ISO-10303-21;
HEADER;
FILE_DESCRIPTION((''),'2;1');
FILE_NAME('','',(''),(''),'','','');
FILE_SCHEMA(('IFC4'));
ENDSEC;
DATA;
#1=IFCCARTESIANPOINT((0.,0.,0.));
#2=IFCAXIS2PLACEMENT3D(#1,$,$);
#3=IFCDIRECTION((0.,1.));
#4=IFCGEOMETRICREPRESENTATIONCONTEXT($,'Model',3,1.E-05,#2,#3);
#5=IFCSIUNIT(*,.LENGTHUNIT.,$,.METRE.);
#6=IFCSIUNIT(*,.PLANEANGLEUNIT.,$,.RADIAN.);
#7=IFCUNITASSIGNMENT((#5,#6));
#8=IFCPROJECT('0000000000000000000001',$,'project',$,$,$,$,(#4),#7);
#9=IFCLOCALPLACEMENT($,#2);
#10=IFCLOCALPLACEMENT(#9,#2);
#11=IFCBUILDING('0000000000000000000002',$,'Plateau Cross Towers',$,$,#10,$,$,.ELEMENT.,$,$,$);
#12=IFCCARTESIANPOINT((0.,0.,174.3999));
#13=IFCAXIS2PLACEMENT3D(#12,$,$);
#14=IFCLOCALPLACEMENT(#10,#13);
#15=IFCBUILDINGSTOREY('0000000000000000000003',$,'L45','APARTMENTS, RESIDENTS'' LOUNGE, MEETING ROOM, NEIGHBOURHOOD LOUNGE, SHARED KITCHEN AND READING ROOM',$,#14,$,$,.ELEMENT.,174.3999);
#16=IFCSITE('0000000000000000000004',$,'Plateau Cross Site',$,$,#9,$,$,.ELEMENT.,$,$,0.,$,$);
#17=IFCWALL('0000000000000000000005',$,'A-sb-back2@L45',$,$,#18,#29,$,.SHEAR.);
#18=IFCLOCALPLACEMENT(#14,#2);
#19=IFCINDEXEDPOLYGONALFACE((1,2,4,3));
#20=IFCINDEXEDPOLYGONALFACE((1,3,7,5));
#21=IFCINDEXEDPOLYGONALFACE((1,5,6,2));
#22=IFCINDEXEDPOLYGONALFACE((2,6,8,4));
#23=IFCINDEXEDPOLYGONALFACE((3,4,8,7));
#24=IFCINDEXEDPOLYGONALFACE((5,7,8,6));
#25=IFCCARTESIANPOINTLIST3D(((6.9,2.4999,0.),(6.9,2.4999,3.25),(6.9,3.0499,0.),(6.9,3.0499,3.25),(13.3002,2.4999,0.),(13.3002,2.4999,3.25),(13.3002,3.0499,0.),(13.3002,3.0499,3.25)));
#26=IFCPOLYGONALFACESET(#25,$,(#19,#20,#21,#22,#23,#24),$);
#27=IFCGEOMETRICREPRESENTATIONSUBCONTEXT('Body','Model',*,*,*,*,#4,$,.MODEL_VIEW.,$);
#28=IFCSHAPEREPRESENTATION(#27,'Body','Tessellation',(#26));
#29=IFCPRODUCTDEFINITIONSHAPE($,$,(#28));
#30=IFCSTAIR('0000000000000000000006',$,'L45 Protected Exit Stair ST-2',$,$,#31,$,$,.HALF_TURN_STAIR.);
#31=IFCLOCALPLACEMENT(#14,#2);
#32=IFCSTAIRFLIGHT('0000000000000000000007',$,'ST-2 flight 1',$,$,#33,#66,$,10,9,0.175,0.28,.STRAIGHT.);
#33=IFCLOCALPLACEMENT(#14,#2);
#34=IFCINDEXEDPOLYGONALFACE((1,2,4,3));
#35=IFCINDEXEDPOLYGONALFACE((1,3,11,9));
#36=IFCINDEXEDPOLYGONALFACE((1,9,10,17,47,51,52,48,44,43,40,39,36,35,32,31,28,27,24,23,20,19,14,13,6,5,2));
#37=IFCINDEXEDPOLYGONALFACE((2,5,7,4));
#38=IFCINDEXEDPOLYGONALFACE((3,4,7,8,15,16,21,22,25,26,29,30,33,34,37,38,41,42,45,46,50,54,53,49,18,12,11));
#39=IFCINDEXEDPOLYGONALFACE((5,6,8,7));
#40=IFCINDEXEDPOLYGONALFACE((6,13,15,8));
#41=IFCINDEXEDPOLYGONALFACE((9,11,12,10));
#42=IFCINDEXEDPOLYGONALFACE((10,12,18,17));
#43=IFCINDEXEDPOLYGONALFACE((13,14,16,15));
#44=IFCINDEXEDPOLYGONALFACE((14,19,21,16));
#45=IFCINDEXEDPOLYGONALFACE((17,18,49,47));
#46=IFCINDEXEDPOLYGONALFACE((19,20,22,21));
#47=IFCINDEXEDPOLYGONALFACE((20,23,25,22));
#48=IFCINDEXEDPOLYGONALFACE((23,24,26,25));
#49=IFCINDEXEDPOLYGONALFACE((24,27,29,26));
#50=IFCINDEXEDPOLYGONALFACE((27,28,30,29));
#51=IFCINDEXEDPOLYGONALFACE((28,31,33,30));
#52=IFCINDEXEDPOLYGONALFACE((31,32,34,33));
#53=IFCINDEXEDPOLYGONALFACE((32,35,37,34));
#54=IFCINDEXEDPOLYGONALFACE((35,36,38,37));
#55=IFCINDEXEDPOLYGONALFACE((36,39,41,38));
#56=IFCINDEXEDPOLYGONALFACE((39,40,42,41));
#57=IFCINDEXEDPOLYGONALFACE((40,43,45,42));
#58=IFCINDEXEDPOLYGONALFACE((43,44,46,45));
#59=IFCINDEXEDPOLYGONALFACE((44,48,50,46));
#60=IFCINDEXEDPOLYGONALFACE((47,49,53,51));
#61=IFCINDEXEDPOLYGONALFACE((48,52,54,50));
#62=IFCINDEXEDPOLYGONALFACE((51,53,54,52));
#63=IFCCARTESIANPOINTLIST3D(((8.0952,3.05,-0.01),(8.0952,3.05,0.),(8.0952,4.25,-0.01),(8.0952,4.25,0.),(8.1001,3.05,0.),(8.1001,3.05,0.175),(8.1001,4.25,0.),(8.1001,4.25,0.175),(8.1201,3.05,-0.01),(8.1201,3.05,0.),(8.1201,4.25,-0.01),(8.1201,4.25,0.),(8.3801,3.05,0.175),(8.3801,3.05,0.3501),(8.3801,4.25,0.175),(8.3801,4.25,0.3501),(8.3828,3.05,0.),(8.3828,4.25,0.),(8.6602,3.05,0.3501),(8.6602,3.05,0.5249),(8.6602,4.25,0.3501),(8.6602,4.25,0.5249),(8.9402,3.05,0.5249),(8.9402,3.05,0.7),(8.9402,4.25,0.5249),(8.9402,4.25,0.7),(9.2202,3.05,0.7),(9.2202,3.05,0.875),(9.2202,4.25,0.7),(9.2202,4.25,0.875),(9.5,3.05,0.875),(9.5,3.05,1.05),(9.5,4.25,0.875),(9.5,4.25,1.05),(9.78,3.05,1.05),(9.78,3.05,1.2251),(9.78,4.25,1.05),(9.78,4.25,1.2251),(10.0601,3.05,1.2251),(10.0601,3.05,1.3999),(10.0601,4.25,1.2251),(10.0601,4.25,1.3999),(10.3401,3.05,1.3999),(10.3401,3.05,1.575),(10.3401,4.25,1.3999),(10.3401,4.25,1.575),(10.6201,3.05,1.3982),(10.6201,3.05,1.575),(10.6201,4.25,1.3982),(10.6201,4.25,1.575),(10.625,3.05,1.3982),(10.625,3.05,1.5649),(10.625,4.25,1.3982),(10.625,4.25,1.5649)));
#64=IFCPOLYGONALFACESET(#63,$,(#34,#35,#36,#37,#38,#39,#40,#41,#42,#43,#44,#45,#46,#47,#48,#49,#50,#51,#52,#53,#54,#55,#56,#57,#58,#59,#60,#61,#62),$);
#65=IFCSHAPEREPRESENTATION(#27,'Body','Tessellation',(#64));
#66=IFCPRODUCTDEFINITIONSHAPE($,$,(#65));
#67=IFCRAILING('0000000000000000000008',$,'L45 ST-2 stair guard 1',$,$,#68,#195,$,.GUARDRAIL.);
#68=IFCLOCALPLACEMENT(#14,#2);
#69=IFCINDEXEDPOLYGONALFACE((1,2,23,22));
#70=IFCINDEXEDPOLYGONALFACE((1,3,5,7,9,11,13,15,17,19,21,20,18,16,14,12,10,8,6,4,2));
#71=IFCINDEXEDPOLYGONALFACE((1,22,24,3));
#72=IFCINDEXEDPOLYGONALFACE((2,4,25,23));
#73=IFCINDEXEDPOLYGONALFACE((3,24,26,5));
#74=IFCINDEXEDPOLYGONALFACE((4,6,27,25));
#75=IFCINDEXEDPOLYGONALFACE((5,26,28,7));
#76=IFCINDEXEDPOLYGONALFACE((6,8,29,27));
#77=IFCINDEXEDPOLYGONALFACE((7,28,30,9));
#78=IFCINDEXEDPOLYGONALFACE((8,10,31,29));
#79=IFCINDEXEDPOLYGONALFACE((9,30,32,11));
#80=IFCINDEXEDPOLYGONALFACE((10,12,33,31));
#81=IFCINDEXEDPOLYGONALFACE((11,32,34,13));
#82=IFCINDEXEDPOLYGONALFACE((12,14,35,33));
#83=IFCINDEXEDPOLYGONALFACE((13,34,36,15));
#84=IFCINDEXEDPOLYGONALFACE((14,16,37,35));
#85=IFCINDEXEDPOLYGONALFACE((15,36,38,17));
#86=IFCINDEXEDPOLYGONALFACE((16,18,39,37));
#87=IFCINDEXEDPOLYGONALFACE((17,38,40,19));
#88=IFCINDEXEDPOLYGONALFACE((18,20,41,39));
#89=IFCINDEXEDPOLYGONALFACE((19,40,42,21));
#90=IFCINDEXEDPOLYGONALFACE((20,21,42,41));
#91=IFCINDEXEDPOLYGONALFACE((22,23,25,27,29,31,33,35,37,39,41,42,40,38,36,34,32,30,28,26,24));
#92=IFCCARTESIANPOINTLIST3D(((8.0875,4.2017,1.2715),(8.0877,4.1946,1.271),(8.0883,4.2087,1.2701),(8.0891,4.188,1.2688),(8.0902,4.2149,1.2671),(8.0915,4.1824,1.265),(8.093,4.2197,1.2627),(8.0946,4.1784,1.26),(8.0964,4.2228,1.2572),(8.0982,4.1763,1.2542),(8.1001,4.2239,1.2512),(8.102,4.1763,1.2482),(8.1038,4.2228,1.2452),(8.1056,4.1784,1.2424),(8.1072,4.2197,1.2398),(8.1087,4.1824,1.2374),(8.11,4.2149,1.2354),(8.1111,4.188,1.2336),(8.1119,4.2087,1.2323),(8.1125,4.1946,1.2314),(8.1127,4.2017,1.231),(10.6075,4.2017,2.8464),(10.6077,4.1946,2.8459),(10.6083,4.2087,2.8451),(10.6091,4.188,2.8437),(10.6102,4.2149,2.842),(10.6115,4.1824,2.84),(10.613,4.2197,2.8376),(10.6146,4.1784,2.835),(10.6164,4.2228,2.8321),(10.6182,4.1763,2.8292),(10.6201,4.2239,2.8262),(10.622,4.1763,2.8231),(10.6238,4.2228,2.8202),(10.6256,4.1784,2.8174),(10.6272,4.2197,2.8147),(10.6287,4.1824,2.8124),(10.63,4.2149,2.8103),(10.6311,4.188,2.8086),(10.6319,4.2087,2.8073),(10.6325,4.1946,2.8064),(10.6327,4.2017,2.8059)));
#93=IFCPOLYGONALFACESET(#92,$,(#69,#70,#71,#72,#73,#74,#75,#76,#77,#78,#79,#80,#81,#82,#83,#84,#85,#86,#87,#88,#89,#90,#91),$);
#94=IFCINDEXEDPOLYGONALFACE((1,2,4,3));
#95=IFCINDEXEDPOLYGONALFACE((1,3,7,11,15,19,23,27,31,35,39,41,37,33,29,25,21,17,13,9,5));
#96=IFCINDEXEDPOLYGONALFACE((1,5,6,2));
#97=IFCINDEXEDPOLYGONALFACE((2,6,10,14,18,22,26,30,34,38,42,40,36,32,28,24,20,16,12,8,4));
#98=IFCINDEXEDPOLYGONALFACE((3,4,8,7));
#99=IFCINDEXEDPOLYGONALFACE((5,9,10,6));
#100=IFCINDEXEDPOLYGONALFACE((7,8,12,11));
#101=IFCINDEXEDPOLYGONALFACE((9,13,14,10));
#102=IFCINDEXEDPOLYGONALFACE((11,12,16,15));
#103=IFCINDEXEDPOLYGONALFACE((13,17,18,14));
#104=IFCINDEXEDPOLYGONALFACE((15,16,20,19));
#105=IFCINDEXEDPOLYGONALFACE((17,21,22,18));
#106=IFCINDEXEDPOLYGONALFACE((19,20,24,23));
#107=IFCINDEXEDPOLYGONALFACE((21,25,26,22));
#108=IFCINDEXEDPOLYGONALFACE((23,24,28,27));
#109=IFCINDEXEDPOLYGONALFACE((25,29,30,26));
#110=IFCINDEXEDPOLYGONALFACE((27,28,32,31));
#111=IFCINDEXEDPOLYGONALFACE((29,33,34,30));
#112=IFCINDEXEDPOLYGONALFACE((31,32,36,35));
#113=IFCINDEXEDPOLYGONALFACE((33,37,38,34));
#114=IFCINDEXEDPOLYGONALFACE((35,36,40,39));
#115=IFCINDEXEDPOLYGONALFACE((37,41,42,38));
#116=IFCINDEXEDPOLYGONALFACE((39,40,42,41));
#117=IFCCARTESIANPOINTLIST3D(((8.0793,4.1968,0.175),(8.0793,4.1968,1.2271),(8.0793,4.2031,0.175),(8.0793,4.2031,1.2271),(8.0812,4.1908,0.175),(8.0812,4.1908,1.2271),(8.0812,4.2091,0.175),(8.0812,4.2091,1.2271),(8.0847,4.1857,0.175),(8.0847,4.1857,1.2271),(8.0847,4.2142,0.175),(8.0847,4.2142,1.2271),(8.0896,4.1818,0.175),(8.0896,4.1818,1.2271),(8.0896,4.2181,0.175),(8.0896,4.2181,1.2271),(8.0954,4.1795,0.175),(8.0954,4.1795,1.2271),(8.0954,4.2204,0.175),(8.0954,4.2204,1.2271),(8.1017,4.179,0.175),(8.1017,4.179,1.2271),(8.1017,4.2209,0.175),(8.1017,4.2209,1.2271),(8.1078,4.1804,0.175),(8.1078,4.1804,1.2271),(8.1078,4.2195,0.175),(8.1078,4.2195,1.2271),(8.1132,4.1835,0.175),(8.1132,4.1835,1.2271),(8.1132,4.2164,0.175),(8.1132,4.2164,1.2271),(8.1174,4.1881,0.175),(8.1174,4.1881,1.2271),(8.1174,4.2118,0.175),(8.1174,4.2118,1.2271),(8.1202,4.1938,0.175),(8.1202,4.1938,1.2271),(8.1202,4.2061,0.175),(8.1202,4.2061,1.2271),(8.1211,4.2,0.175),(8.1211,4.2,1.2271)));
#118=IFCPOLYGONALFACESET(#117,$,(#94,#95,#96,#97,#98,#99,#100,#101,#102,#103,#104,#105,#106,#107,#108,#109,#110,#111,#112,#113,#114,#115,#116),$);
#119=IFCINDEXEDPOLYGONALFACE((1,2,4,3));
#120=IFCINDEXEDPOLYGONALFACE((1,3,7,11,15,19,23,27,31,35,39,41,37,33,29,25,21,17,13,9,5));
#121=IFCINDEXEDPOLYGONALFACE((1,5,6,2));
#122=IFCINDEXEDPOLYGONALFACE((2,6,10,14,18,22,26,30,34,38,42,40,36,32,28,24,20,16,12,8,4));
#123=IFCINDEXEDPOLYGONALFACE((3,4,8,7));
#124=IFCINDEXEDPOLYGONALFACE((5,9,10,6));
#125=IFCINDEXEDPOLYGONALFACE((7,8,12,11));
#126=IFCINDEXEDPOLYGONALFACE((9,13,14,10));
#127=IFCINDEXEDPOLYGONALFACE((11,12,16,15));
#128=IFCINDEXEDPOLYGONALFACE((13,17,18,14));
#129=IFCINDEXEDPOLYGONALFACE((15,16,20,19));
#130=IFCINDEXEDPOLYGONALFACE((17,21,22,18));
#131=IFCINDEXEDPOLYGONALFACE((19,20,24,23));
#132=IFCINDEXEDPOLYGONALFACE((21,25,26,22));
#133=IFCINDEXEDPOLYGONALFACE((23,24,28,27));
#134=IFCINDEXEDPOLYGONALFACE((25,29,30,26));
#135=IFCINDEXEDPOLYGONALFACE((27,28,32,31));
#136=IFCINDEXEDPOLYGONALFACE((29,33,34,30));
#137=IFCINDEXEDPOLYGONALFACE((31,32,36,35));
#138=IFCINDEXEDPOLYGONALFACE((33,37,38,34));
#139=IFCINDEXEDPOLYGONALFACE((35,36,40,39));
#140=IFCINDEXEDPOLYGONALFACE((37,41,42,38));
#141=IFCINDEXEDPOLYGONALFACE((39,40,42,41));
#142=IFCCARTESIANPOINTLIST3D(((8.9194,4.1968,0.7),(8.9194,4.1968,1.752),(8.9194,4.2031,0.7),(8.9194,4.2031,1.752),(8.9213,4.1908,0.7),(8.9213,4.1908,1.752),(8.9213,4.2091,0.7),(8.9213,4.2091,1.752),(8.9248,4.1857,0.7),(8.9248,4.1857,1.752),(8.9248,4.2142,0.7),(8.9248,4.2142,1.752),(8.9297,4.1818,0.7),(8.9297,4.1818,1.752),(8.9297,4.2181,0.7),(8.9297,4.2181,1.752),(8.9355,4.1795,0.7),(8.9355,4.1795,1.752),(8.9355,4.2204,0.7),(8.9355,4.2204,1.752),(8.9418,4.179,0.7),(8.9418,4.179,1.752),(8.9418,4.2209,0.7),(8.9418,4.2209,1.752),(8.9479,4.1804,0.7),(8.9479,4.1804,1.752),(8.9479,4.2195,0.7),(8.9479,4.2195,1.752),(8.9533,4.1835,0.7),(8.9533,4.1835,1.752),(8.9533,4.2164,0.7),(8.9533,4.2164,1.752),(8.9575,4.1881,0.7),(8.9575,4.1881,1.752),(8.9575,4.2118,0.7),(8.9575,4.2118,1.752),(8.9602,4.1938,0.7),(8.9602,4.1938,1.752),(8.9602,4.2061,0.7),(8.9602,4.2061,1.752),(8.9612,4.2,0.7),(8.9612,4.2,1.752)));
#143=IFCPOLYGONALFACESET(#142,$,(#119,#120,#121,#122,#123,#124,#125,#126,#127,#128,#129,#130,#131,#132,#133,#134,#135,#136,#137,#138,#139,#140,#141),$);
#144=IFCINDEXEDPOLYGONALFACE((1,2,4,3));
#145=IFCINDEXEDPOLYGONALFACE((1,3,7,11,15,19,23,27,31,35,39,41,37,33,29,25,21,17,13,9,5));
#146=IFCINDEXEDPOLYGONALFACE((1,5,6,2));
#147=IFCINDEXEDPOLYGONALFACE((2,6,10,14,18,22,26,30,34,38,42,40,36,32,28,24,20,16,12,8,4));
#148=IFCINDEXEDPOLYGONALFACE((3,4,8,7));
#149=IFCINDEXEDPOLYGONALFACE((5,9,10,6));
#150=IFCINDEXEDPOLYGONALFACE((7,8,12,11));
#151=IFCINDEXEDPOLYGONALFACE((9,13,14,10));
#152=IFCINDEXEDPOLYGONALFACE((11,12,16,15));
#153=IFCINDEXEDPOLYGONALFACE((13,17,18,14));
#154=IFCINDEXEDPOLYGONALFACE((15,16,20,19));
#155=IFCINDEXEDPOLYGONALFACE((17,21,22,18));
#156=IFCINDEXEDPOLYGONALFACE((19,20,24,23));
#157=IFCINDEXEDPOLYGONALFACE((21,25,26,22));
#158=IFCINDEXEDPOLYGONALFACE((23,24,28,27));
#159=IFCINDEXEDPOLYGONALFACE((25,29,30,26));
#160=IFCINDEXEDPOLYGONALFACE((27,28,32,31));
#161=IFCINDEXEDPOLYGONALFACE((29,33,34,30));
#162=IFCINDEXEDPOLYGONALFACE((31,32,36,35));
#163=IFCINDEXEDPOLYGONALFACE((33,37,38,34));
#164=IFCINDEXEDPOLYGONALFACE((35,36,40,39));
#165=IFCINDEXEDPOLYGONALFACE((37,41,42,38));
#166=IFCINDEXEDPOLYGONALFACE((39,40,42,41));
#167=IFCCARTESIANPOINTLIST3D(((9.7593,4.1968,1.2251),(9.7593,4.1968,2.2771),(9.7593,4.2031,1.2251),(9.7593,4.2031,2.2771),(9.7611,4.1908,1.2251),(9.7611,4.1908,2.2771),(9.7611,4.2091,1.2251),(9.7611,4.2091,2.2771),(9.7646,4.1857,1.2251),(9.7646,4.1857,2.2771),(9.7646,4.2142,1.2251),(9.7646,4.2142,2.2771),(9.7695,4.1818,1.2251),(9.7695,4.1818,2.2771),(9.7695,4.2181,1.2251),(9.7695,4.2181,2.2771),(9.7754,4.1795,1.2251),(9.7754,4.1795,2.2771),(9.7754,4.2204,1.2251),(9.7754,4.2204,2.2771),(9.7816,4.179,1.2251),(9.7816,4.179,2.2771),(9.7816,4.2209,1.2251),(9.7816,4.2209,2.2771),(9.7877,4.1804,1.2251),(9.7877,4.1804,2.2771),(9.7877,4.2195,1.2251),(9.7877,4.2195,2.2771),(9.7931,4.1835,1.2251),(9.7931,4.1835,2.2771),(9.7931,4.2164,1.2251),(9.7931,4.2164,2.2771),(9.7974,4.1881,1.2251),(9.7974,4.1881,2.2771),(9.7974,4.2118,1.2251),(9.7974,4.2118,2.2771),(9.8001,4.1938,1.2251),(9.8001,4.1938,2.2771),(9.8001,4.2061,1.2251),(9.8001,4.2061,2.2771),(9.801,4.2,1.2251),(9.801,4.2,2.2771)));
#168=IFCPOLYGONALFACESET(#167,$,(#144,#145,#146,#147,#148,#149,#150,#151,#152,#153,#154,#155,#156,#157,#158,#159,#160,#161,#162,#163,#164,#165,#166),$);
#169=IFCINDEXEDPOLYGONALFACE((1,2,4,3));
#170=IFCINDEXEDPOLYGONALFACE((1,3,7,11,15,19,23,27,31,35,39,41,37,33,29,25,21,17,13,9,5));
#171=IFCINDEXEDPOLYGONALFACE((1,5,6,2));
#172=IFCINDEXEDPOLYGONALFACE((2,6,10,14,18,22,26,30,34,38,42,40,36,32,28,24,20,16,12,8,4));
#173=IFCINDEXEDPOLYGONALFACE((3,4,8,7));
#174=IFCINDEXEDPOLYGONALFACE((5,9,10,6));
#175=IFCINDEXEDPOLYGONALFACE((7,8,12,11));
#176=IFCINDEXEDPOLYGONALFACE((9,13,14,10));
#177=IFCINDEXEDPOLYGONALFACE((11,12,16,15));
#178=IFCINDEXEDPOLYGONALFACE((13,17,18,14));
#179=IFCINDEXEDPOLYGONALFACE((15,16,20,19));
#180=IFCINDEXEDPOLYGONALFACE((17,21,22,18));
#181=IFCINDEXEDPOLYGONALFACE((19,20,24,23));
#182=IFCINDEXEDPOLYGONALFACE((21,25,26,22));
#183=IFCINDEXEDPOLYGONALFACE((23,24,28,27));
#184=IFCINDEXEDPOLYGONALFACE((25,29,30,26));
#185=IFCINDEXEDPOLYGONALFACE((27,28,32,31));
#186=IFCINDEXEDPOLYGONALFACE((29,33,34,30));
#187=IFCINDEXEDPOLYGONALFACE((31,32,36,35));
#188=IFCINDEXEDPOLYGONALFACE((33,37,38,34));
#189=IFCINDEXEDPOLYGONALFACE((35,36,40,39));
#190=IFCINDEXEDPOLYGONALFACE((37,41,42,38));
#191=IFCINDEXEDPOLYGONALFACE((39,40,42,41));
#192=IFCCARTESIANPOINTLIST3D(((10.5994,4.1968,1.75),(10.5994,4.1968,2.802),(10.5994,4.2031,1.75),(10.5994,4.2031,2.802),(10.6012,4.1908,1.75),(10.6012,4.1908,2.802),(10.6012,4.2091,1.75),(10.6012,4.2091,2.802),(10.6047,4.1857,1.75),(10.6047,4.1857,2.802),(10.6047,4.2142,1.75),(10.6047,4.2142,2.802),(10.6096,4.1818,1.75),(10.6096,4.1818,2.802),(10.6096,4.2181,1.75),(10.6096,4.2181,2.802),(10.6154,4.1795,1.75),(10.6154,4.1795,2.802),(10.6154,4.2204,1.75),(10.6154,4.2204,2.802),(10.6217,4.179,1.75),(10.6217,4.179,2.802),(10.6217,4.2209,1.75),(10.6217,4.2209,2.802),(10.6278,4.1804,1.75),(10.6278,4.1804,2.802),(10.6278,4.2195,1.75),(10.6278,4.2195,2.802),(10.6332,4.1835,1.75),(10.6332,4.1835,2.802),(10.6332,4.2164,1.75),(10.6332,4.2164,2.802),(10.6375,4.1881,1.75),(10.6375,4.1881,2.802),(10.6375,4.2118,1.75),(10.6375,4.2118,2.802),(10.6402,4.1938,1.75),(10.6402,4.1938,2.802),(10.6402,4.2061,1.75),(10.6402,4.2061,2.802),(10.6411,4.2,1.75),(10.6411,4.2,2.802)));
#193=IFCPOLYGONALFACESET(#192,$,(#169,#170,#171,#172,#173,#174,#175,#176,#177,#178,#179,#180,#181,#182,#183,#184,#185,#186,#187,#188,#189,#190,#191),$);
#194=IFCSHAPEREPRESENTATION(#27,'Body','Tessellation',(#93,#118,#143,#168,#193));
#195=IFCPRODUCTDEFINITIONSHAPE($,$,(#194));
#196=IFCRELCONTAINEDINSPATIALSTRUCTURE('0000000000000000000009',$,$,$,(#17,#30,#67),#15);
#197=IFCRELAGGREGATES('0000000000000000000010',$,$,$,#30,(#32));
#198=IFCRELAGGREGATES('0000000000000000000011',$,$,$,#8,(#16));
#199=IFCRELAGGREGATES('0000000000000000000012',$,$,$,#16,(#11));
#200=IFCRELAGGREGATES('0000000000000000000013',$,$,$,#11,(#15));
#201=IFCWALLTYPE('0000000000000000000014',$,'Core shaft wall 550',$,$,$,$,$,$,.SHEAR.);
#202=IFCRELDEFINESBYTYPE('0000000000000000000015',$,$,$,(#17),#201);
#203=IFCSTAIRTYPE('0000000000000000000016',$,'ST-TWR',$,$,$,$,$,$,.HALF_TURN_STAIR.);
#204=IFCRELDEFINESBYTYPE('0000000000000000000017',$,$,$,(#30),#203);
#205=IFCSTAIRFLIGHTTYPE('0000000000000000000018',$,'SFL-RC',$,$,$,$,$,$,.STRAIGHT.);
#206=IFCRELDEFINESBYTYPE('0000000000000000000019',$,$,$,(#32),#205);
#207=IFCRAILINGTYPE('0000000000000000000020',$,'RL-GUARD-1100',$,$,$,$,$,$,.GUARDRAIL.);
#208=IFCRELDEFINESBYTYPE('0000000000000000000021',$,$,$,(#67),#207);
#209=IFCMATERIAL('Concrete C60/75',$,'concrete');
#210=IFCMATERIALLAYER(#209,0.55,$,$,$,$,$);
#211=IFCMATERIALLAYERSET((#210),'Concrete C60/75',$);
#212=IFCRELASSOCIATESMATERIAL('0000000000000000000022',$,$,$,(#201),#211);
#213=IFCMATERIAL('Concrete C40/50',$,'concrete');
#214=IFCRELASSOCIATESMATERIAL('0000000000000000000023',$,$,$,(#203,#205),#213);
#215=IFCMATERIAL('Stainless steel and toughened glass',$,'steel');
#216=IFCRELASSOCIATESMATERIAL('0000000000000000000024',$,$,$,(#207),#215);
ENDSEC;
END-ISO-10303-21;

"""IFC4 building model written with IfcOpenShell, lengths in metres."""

from ifc_helpers import new_model, si_unit, direction, frame, frame_2d, origin, origin_2d, place, context, subcontext, project, spatial, polyline, rectangle, circle, outline, extrude, material, layer, layer_set, type_object, element, aggregate, save


model = new_model("IFC4")

# Units and contexts
model_context = context("Model", 3, precision=1e-05, world=origin(), true_north=direction((0.0, 1.0)))
body_context = subcontext(model_context, "Body", "Model", "MODEL_VIEW")
ifc_project = project(units=[si_unit("LENGTHUNIT", "METRE"), si_unit("PLANEANGLEUNIT", "RADIAN")], contexts=[model_context])

# Site, building, storey
site_placement = place(None, origin())
site = spatial("IfcSite", under=ifc_project, at=site_placement, Name="Plateau Cross Site", CompositionType="ELEMENT", RefElevation=0.0)
building_placement = place(site_placement, origin())
building = spatial("IfcBuilding", under=site, at=building_placement, Name="Plateau Cross Towers", CompositionType="ELEMENT")
storey_placement = place(building_placement, frame((0.0, 0.0, 174.3999)))
storey = spatial("IfcBuildingStorey", under=building, at=storey_placement, Name="L45", Description="APARTMENTS, RESIDENTS' LOUNGE, MEETING ROOM, NEIGHBOURHOOD LOUNGE, SHARED KITCHEN AND READING ROOM", CompositionType="ELEMENT", Elevation=174.3999)

# Wall
ifc_material_1 = material(Name="Concrete C60/75", Category="concrete")
ifc_layer_1 = layer(ifc_material_1, 0.55)
ifc_layer_set_1 = layer_set([ifc_layer_1], Name="Concrete C60/75")
wall_type_1 = type_object("IfcWallType", Name="Core shaft wall 550", PredefinedType="SHEAR", material=ifc_layer_set_1)
wall_1_placement = place(storey_placement, frame((6.8999, 2.7749, 0.0), z_axis=(0.0, 0.0, 1.0), x_axis=(1.0, 0.0, 0.0)))
element("IfcWall", 1, at=wall_1_placement, inside=storey, type_object=wall_type_1, Name="A-sb-back2@L45", PredefinedType="SHEAR", context=body_context, shape_type="SweptSolid", body=[
    extrude(rectangle(XDim=6.4001, YDim=0.55, at=frame_2d((3.2002, 0.0))), origin(), (0.0, 0.0, 1.0), 3.25),
])

# Stair, stair flight
ifc_material_2 = material(Name="Concrete C40/50", Category="concrete")
stair_type = type_object("IfcStairType", Name="ST-TWR", PredefinedType="HALF_TURN_STAIR", material=ifc_material_2)
stair_placement = place(storey_placement, origin())
stair = element("IfcStair", 2, at=stair_placement, inside=storey, type_object=stair_type, Name="L45 Protected Exit Stair ST-2", PredefinedType="HALF_TURN_STAIR")
stair_flight_type = type_object("IfcStairFlightType", Name="SFL-RC", PredefinedType="STRAIGHT", material=ifc_material_2)
stair_flight_placement = place(storey_placement, frame((8.1001, 3.6499, 0.0), z_axis=(0.0, 0.0, 1.0), x_axis=(1.0, 0.0, 0.0)))
stair_flight = element("IfcStairFlight", 3, at=stair_flight_placement, type_object=stair_flight_type, Name="ST-2 flight 1", NumberOfRisers=10, NumberOfTreads=9, PredefinedType="STRAIGHT", RiserHeight=0.175, TreadLength=0.28, context=body_context, shape_type="SweptSolid", body=[
    extrude(outline(polyline([(-0.0049, -0.01), (-0.0049, 0.0), (0.0, 0.0), (0.0, 0.175), (0.28, 0.175), (0.28, 0.3501), (0.5601, 0.3501), (0.5601, 0.5249), (0.8401, 0.5249), (0.8401, 0.7), (1.1201, 0.7), (1.1201, 0.875), (1.3999, 0.875), (1.3999, 1.05), (1.6799, 1.05), (1.6799, 1.2251), (1.96, 1.2251), (1.96, 1.3999), (2.24, 1.3999), (2.24, 1.575), (2.52, 1.575), (2.5249, 1.5649), (2.5249, 1.3982), (2.52, 1.3982), (0.2827, 0.0), (0.02, 0.0), (0.02, -0.01), (-0.0049, -0.01)])), frame((0.0, 0.6001, 0.0), z_axis=(0.0, -1.0, 0.0), x_axis=(1.0, 0.0, 0.0)), (0.0, 0.0, 1.0), 1.2),
])
aggregate(stair, [stair_flight])

# Railing
ifc_material_3 = material(Name="Stainless steel and toughened glass", Category="steel")
railing_type_1 = type_object("IfcRailingType", Name="RL-GUARD-1100", PredefinedType="GUARDRAIL", material=ifc_material_3)
railing_1_placement = place(storey_placement, frame((8.1001, 4.2, 0.175)))
element("IfcRailing", 4, at=railing_1_placement, inside=storey, type_object=railing_type_1, Name="L45 ST-2 stair guard 1", PredefinedType="GUARDRAIL", context=body_context, shape_type="SweptSolid", body=[
    extrude(circle(Radius=0.0239, at=origin_2d()), frame((0.0, 0.0, 1.0762), z_axis=(0.848008, 0.0, 0.529984), x_axis=(0.0, 1.0, 0.0)), (0.0, 0.0, 1.0), 2.9717),
    extrude(circle(Radius=0.021, at=origin_2d()), origin(), (0.0, 0.0, 1.0), 1.052),
    extrude(circle(Radius=0.021, at=origin_2d()), frame((0.8401, 0.0, 0.5249)), (0.0, 0.0, 1.0), 1.052),
    extrude(circle(Radius=0.021, at=origin_2d()), frame((1.6799, 0.0, 1.05)), (0.0, 0.0, 1.0), 1.052),
    extrude(circle(Radius=0.021, at=origin_2d()), frame((2.52, 0.0, 1.575)), (0.0, 0.0, 1.0), 1.052),
])

save(model, "model.ifc")
